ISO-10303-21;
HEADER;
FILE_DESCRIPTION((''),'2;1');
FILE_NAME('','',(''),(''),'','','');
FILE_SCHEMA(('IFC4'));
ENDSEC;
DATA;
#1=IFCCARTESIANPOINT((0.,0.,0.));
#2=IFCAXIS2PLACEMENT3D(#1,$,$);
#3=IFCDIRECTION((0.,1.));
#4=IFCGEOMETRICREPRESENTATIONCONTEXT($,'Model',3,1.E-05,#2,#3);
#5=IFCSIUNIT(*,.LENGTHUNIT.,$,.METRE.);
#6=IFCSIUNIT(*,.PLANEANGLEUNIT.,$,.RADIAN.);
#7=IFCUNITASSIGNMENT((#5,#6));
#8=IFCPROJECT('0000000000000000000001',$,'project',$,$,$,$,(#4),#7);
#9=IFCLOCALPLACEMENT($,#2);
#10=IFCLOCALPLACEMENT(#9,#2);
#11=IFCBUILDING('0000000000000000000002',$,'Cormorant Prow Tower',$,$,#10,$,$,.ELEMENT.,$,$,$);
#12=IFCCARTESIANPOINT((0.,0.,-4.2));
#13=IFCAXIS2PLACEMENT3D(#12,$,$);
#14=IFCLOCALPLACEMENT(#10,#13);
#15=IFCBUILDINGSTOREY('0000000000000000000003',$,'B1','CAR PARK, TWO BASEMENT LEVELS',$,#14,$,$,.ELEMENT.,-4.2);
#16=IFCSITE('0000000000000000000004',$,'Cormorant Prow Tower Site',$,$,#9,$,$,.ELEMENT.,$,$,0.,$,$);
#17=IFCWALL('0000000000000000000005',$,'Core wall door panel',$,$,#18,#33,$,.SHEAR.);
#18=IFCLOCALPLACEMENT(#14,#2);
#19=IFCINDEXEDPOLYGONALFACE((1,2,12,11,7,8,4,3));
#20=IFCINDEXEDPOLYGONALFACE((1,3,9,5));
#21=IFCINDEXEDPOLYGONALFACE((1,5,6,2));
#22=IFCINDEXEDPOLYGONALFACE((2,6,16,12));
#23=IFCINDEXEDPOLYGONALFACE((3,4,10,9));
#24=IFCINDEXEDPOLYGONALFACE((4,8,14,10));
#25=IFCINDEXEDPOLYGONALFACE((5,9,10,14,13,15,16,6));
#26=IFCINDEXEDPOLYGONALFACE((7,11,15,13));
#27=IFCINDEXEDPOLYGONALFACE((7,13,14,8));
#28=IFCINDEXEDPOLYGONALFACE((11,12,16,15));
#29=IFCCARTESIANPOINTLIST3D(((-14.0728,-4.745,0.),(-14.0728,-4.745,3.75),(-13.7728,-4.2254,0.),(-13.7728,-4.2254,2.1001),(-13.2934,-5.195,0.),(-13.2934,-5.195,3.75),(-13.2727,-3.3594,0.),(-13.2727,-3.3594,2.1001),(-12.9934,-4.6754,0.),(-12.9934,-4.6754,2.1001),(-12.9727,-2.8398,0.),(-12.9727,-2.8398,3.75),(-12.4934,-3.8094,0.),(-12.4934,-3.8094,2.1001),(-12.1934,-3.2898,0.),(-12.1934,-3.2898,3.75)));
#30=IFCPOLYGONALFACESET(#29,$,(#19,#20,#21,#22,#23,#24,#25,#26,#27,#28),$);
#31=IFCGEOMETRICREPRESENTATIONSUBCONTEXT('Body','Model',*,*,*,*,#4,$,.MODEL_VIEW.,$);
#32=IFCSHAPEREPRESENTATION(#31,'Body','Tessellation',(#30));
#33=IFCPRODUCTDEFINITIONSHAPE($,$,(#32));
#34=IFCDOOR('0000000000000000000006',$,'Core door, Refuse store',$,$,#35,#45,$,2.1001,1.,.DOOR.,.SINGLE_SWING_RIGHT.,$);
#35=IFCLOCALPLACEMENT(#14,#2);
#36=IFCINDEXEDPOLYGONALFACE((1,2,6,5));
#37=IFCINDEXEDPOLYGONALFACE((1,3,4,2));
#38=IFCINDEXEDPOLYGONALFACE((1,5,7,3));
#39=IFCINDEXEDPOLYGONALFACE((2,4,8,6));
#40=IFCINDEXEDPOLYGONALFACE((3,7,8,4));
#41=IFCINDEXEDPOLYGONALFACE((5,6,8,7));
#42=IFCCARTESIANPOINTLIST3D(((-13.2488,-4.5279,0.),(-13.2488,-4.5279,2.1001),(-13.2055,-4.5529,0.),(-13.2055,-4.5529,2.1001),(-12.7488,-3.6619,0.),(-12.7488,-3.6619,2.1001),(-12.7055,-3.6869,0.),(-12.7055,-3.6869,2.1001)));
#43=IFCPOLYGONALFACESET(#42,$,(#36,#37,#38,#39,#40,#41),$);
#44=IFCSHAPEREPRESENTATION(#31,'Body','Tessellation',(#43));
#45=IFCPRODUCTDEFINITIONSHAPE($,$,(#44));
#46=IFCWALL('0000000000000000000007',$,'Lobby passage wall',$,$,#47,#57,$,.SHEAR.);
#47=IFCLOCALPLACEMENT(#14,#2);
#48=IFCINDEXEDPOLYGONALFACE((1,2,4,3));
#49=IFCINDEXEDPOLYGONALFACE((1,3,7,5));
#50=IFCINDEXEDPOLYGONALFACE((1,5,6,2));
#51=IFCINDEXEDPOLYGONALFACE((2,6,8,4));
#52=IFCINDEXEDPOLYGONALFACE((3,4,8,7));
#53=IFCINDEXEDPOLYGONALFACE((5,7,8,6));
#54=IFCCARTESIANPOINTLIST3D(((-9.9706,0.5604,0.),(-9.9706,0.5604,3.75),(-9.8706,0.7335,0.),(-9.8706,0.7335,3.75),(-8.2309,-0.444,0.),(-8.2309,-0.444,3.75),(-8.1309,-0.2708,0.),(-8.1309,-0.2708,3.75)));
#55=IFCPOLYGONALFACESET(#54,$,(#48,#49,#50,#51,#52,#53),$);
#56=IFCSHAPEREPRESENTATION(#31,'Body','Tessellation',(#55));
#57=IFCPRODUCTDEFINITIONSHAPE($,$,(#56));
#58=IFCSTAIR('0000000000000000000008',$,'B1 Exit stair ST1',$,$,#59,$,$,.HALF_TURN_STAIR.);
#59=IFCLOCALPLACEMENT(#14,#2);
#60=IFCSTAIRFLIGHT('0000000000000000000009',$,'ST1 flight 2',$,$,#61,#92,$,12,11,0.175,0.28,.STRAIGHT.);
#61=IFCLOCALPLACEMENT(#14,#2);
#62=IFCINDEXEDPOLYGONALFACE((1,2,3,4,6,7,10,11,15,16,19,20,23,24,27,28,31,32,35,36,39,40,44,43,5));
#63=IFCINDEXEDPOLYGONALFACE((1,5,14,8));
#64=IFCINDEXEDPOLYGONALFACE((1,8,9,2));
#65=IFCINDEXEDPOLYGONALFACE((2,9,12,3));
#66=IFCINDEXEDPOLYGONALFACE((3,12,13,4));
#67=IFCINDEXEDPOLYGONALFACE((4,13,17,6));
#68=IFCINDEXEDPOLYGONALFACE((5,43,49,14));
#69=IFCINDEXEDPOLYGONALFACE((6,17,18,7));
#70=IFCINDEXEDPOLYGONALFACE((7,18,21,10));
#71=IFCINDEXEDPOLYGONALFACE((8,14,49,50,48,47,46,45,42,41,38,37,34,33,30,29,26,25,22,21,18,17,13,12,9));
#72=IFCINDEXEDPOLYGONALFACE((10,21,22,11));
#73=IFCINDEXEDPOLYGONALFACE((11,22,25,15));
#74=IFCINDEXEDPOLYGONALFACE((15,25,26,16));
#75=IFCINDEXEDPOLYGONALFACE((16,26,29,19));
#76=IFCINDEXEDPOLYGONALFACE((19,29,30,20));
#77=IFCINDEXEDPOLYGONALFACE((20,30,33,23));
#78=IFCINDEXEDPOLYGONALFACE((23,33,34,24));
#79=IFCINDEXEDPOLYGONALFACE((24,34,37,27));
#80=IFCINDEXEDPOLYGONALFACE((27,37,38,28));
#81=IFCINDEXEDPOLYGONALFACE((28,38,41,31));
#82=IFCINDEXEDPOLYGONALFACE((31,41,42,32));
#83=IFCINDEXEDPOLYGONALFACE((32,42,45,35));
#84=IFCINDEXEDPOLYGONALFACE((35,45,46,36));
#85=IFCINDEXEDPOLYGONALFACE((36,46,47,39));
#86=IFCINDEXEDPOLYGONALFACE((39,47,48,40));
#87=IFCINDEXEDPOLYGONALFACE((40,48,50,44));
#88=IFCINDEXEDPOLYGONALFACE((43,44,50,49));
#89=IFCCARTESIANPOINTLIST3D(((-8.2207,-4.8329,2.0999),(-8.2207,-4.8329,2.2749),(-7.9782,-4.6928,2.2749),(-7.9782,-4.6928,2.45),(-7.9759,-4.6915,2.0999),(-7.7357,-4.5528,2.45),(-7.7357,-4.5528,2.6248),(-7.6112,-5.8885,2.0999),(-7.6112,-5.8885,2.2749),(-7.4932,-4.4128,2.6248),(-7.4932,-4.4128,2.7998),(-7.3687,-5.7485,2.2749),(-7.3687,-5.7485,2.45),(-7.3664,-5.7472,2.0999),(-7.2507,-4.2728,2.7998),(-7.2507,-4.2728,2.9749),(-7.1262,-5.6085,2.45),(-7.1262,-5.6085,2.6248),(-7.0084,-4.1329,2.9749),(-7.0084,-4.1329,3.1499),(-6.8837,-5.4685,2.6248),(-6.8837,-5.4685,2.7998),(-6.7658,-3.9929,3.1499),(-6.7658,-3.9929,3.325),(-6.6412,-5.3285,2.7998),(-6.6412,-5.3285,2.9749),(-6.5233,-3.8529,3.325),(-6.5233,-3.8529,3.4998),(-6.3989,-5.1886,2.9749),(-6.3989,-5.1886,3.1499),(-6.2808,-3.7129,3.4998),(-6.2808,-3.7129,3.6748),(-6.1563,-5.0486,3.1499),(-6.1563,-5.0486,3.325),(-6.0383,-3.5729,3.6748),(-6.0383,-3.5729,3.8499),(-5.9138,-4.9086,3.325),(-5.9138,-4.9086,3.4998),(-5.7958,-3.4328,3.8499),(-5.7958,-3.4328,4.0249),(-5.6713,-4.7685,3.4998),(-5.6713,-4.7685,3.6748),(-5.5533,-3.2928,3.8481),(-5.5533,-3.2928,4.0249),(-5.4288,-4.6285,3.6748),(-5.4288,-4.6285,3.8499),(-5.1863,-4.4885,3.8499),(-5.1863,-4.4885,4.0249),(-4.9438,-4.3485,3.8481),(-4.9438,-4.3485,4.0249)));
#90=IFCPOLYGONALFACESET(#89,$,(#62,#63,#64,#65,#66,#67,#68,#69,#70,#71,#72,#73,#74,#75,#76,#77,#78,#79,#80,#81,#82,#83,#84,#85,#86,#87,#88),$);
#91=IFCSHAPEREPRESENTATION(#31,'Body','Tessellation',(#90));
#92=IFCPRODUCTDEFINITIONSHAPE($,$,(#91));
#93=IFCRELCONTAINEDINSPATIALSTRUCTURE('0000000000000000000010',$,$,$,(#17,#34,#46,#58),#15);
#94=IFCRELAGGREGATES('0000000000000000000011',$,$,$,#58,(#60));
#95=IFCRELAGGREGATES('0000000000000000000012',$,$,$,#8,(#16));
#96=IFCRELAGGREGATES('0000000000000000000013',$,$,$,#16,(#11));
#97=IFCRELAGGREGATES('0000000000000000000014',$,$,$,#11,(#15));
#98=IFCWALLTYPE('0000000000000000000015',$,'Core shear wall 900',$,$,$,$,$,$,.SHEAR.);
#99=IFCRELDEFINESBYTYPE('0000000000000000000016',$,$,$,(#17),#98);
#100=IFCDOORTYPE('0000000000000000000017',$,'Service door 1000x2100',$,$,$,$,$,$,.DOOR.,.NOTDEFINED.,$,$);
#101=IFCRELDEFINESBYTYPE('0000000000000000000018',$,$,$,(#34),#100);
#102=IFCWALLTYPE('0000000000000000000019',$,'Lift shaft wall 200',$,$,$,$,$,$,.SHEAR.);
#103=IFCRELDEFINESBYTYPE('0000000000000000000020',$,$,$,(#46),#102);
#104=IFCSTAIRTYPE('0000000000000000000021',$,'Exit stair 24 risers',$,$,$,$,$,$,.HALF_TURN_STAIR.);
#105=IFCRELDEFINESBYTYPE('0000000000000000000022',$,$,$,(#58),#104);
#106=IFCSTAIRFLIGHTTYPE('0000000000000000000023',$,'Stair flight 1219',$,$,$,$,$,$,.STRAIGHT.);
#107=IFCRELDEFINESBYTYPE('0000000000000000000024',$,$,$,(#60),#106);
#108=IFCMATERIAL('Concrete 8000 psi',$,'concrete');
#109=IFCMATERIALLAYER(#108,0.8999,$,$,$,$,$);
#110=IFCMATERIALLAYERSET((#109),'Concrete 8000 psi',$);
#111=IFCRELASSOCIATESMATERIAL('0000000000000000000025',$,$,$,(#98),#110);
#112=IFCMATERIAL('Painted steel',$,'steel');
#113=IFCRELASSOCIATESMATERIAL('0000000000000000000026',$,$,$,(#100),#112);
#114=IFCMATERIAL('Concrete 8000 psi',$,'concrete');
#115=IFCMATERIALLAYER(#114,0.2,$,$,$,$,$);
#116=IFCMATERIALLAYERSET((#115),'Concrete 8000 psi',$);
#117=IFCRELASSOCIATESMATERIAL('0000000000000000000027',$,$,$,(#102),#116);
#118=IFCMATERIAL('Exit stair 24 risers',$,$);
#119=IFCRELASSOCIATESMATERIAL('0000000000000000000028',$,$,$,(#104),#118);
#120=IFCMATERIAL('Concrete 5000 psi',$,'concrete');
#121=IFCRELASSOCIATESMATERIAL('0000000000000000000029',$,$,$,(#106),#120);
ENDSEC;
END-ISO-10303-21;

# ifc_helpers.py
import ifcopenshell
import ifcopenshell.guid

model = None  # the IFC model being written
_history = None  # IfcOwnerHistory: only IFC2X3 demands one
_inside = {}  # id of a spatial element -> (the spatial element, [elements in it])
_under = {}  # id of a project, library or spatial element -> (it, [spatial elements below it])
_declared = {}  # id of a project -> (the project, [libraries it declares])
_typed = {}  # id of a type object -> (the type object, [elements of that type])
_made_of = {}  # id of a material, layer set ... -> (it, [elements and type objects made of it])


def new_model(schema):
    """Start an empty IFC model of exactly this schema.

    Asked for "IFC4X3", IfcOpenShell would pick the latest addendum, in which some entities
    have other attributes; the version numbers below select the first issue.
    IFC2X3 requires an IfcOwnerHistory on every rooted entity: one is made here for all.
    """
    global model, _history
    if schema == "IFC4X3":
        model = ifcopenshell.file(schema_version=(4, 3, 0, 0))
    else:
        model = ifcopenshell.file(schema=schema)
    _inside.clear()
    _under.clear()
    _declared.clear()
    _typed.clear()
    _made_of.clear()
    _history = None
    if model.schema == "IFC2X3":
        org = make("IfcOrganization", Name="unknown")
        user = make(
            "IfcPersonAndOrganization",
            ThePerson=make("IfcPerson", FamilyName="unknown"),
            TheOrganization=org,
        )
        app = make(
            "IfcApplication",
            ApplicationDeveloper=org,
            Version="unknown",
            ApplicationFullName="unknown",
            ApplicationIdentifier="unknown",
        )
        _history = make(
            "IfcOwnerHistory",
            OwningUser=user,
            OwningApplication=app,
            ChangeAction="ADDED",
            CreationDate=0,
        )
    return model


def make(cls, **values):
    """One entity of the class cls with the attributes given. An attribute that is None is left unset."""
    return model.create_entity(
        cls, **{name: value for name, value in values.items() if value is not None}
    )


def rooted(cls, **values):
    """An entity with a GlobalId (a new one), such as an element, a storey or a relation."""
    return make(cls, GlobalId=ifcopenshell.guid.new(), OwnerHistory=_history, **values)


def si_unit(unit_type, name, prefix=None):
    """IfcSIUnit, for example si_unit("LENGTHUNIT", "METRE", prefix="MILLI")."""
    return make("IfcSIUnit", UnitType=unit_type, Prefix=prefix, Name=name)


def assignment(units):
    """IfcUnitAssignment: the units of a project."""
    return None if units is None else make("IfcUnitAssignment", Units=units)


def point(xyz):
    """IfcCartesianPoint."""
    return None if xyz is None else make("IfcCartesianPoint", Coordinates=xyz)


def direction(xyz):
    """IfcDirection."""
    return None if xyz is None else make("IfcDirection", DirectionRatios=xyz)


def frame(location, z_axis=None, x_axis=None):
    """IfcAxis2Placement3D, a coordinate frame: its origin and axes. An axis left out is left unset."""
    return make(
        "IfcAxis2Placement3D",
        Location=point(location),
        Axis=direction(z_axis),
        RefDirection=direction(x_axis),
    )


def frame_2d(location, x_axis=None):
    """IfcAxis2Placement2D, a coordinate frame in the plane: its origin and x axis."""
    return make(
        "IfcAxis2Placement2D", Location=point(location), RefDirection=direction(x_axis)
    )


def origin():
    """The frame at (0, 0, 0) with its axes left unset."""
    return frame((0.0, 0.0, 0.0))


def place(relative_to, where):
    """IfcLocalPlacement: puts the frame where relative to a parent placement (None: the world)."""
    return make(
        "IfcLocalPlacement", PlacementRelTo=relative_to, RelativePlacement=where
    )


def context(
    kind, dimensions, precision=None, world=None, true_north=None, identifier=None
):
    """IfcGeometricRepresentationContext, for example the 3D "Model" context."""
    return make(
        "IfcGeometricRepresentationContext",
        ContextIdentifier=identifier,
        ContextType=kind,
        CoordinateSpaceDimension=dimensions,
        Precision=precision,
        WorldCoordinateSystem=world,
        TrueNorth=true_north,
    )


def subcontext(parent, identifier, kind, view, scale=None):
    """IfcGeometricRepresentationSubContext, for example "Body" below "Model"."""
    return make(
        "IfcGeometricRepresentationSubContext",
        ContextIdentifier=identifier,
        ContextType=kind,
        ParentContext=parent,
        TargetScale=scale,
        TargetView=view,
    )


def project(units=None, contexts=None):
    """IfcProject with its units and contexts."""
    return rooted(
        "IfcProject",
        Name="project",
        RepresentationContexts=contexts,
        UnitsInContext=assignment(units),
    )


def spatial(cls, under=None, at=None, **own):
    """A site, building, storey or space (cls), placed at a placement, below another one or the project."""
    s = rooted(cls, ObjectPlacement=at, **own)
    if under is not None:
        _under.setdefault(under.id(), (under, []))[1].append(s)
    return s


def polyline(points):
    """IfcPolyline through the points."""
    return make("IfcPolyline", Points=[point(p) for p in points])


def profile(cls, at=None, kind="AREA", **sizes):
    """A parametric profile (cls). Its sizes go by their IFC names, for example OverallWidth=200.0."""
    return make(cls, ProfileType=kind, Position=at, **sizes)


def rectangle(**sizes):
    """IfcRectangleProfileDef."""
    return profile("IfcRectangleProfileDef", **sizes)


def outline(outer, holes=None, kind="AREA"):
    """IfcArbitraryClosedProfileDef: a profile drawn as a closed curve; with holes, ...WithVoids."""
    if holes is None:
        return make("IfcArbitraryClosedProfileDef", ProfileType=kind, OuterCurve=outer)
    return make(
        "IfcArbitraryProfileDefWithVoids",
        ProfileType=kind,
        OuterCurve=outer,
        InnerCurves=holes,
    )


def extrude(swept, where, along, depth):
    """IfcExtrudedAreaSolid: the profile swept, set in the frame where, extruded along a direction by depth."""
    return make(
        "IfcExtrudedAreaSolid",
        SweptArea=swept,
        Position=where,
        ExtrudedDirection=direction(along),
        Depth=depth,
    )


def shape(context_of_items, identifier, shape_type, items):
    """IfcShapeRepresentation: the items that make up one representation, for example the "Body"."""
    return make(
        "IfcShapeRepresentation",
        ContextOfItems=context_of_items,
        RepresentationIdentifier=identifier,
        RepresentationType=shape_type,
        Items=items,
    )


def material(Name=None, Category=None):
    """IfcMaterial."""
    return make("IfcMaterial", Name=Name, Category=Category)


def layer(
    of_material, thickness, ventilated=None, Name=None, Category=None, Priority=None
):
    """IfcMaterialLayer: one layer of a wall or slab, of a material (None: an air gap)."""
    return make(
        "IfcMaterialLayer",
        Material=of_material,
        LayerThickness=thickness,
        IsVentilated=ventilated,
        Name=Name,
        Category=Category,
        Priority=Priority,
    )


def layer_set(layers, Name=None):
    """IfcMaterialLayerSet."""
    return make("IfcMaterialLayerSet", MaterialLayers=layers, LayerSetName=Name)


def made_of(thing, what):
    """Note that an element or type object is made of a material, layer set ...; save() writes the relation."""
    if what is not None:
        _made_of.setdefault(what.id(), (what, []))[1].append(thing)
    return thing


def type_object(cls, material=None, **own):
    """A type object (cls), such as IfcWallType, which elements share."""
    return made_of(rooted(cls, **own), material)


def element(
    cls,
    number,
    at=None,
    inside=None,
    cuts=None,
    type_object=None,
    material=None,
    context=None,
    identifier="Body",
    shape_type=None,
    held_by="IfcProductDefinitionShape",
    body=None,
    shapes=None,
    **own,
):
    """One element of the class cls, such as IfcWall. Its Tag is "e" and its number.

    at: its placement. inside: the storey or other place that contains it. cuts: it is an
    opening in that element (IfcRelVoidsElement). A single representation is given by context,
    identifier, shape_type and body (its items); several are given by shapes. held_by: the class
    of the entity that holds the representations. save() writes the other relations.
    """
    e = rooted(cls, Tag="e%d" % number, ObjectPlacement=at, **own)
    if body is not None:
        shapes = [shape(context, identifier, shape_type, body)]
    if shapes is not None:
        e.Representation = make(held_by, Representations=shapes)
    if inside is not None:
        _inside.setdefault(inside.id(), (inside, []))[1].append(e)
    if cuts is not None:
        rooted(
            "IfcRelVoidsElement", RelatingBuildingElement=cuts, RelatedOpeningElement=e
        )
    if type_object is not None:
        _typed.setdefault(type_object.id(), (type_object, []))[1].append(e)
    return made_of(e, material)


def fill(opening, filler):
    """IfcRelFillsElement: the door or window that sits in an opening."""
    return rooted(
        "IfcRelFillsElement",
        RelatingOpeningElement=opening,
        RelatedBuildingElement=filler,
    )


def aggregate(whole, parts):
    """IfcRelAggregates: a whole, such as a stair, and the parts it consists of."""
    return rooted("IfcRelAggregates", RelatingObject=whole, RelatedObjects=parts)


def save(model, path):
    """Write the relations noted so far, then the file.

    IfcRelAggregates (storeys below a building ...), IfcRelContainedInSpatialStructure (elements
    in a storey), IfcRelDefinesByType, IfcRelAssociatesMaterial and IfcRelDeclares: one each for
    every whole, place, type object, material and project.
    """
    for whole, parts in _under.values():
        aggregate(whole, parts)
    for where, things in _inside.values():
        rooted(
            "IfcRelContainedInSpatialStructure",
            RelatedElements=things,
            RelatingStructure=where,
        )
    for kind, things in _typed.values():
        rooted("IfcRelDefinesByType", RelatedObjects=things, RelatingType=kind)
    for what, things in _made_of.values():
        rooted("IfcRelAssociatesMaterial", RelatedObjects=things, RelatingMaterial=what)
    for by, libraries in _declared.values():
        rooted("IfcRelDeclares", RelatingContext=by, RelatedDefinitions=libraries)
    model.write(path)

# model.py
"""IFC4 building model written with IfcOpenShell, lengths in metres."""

from ifc_helpers import new_model, si_unit, direction, frame, frame_2d, origin, place, context, subcontext, project, spatial, polyline, rectangle, outline, extrude, material, layer, layer_set, type_object, element, fill, aggregate, save


model = new_model("IFC4")

# Units and contexts
model_context = context("Model", 3, precision=1e-05, world=origin(), true_north=direction((0.0, 1.0)))
body_context = subcontext(model_context, "Body", "Model", "MODEL_VIEW")
ifc_project = project(units=[si_unit("LENGTHUNIT", "METRE"), si_unit("PLANEANGLEUNIT", "RADIAN")], contexts=[model_context])

# Site, building, storey
site_placement = place(None, origin())
site = spatial("IfcSite", under=ifc_project, at=site_placement, Name="Cormorant Prow Tower Site", CompositionType="ELEMENT", RefElevation=0.0)
building_placement = place(site_placement, origin())
building = spatial("IfcBuilding", under=site, at=building_placement, Name="Cormorant Prow Tower", CompositionType="ELEMENT")
storey_placement = place(building_placement, frame((0.0, 0.0, -4.2)))
storey = spatial("IfcBuildingStorey", under=building, at=storey_placement, Name="B1", Description="CAR PARK, TWO BASEMENT LEVELS", CompositionType="ELEMENT", Elevation=-4.2)

# Shared definitions
ifc_material_1 = material(Name="Concrete 8000 psi", Category="concrete")
ifc_layer_1 = layer(ifc_material_1, 0.8999)
ifc_layer_set_1 = layer_set([ifc_layer_1], Name="Concrete 8000 psi")
wall_type_1 = type_object("IfcWallType", Name="Core shear wall 900", PredefinedType="SHEAR", material=ifc_layer_set_1)

# Wall, opening, door
wall_1_placement = place(storey_placement, frame((-12.583, -3.0647, 0.0), z_axis=(0.0, 0.0, 1.0), x_axis=(-0.50003, -0.866008, 0.0)))
wall_1 = element("IfcWall", 1, at=wall_1_placement, inside=storey, type_object=wall_type_1, Name="Core wall door panel", PredefinedType="SHEAR", context=body_context, shape_type="SweptSolid", body=[
    extrude(rectangle(XDim=2.2, YDim=0.8999, at=frame_2d((1.1001, 0.0))), origin(), (0.0, 0.0, 1.0), 3.75),
])
opening_placement = place(wall_1_placement, frame((0.6001, 0.0, 0.0)))
opening = element("IfcOpeningElement", 2, at=opening_placement, cuts=wall_1, PredefinedType="OPENING", context=body_context, shape_type="SweptSolid", body=[
    extrude(rectangle(XDim=1.0, YDim=2.1001, at=frame_2d((0.5, 1.05))), frame((0.0, 0.46, 0.0), z_axis=(0.0, -1.0, 0.0), x_axis=(1.0, 0.0, 0.0)), (0.0, 0.0, 1.0), 0.9199),
])
ifc_material_2 = material(Name="Painted steel", Category="steel")
door_type = type_object("IfcDoorType", Name="Service door 1000x2100", OperationType="NOTDEFINED", PredefinedType="DOOR", material=ifc_material_2)
door_placement = place(opening_placement, origin())
door = element("IfcDoor", 3, at=door_placement, inside=storey, type_object=door_type, Name="Core door, Refuse store", OperationType="SINGLE_SWING_RIGHT", OverallHeight=2.1001, OverallWidth=1.0, PredefinedType="DOOR", context=body_context, shape_type="SweptSolid", body=[
    extrude(rectangle(XDim=1.0, YDim=2.1001, at=frame_2d((0.5, 1.05))), frame((0.0, 0.2051, 0.0), z_axis=(0.0, -1.0, 0.0), x_axis=(1.0, 0.0, 0.0)), (0.0, 0.0, 1.0), 0.05),
])
fill(opening, door)

# Wall
ifc_material_3 = material(Name="Concrete 8000 psi", Category="concrete")
ifc_layer_2 = layer(ifc_material_3, 0.2)
ifc_layer_set_2 = layer_set([ifc_layer_2], Name="Concrete 8000 psi")
wall_type_2 = type_object("IfcWallType", Name="Lift shaft wall 200", PredefinedType="SHEAR", material=ifc_layer_set_2)
wall_2_placement = place(storey_placement, frame((-8.1809, -0.3574, 0.0), z_axis=(0.0, 0.0, 1.0), x_axis=(-0.866036, 0.499982, 0.0)))
element("IfcWall", 4, at=wall_2_placement, inside=storey, type_object=wall_type_2, Name="Lobby passage wall", PredefinedType="SHEAR", context=body_context, shape_type="SweptSolid", body=[
    extrude(rectangle(XDim=2.0088, YDim=0.2, at=frame_2d((1.0044, 0.0))), origin(), (0.0, 0.0, 1.0), 3.75),
])

# Stair, stair flight
ifc_material_4 = material(Name="Exit stair 24 risers")
stair_type = type_object("IfcStairType", Name="Exit stair 24 risers", PredefinedType="HALF_TURN_STAIR", material=ifc_material_4)
stair_placement = place(storey_placement, origin())
stair = element("IfcStair", 5, at=stair_placement, inside=storey, type_object=stair_type, Name="B1 Exit stair ST1", PredefinedType="HALF_TURN_STAIR")
ifc_material_5 = material(Name="Concrete 5000 psi", Category="concrete")
stair_flight_type = type_object("IfcStairFlightType", Name="Stair flight 1219", PredefinedType="STRAIGHT", material=ifc_material_5)
stair_flight_placement = place(storey_placement, frame((-7.916, -5.3606, 2.0999), z_axis=(0.0, 0.0, 1.0), x_axis=(0.866025, 0.5, 0.0)))
stair_flight = element("IfcStairFlight", 6, at=stair_flight_placement, type_object=stair_flight_type, Name="ST1 flight 2", NumberOfRisers=12, NumberOfTreads=11, PredefinedType="STRAIGHT", RiserHeight=0.175, TreadLength=0.28, context=body_context, shape_type="SweptSolid", body=[
    extrude(outline(polyline([(0.0, 0.0), (0.0, 0.175), (0.28, 0.175), (0.28, 0.3501), (0.5601, 0.3501), (0.5601, 0.5249), (0.8401, 0.5249), (0.8401, 0.7), (1.1201, 0.7), (1.1201, 0.875), (1.3999, 0.875), (1.3999, 1.05), (1.6799, 1.05), (1.6799, 1.2251), (1.96, 1.2251), (1.96, 1.3999), (2.24, 1.3999), (2.24, 1.575), (2.52, 1.575), (2.52, 1.75), (2.8, 1.75), (2.8, 1.925), (3.0801, 1.925), (3.0801, 2.1001), (3.0801, 1.7483), (0.2827, 0.0), (0.0, 0.0)])), frame((0.0, 0.6094, 0.0), z_axis=(0.0, -1.0, 0.0), x_axis=(1.0, 0.0, 0.0)), (0.0, 0.0, 1.0), 1.219),
])
aggregate(stair, [stair_flight])

save(model, "model.ifc")
